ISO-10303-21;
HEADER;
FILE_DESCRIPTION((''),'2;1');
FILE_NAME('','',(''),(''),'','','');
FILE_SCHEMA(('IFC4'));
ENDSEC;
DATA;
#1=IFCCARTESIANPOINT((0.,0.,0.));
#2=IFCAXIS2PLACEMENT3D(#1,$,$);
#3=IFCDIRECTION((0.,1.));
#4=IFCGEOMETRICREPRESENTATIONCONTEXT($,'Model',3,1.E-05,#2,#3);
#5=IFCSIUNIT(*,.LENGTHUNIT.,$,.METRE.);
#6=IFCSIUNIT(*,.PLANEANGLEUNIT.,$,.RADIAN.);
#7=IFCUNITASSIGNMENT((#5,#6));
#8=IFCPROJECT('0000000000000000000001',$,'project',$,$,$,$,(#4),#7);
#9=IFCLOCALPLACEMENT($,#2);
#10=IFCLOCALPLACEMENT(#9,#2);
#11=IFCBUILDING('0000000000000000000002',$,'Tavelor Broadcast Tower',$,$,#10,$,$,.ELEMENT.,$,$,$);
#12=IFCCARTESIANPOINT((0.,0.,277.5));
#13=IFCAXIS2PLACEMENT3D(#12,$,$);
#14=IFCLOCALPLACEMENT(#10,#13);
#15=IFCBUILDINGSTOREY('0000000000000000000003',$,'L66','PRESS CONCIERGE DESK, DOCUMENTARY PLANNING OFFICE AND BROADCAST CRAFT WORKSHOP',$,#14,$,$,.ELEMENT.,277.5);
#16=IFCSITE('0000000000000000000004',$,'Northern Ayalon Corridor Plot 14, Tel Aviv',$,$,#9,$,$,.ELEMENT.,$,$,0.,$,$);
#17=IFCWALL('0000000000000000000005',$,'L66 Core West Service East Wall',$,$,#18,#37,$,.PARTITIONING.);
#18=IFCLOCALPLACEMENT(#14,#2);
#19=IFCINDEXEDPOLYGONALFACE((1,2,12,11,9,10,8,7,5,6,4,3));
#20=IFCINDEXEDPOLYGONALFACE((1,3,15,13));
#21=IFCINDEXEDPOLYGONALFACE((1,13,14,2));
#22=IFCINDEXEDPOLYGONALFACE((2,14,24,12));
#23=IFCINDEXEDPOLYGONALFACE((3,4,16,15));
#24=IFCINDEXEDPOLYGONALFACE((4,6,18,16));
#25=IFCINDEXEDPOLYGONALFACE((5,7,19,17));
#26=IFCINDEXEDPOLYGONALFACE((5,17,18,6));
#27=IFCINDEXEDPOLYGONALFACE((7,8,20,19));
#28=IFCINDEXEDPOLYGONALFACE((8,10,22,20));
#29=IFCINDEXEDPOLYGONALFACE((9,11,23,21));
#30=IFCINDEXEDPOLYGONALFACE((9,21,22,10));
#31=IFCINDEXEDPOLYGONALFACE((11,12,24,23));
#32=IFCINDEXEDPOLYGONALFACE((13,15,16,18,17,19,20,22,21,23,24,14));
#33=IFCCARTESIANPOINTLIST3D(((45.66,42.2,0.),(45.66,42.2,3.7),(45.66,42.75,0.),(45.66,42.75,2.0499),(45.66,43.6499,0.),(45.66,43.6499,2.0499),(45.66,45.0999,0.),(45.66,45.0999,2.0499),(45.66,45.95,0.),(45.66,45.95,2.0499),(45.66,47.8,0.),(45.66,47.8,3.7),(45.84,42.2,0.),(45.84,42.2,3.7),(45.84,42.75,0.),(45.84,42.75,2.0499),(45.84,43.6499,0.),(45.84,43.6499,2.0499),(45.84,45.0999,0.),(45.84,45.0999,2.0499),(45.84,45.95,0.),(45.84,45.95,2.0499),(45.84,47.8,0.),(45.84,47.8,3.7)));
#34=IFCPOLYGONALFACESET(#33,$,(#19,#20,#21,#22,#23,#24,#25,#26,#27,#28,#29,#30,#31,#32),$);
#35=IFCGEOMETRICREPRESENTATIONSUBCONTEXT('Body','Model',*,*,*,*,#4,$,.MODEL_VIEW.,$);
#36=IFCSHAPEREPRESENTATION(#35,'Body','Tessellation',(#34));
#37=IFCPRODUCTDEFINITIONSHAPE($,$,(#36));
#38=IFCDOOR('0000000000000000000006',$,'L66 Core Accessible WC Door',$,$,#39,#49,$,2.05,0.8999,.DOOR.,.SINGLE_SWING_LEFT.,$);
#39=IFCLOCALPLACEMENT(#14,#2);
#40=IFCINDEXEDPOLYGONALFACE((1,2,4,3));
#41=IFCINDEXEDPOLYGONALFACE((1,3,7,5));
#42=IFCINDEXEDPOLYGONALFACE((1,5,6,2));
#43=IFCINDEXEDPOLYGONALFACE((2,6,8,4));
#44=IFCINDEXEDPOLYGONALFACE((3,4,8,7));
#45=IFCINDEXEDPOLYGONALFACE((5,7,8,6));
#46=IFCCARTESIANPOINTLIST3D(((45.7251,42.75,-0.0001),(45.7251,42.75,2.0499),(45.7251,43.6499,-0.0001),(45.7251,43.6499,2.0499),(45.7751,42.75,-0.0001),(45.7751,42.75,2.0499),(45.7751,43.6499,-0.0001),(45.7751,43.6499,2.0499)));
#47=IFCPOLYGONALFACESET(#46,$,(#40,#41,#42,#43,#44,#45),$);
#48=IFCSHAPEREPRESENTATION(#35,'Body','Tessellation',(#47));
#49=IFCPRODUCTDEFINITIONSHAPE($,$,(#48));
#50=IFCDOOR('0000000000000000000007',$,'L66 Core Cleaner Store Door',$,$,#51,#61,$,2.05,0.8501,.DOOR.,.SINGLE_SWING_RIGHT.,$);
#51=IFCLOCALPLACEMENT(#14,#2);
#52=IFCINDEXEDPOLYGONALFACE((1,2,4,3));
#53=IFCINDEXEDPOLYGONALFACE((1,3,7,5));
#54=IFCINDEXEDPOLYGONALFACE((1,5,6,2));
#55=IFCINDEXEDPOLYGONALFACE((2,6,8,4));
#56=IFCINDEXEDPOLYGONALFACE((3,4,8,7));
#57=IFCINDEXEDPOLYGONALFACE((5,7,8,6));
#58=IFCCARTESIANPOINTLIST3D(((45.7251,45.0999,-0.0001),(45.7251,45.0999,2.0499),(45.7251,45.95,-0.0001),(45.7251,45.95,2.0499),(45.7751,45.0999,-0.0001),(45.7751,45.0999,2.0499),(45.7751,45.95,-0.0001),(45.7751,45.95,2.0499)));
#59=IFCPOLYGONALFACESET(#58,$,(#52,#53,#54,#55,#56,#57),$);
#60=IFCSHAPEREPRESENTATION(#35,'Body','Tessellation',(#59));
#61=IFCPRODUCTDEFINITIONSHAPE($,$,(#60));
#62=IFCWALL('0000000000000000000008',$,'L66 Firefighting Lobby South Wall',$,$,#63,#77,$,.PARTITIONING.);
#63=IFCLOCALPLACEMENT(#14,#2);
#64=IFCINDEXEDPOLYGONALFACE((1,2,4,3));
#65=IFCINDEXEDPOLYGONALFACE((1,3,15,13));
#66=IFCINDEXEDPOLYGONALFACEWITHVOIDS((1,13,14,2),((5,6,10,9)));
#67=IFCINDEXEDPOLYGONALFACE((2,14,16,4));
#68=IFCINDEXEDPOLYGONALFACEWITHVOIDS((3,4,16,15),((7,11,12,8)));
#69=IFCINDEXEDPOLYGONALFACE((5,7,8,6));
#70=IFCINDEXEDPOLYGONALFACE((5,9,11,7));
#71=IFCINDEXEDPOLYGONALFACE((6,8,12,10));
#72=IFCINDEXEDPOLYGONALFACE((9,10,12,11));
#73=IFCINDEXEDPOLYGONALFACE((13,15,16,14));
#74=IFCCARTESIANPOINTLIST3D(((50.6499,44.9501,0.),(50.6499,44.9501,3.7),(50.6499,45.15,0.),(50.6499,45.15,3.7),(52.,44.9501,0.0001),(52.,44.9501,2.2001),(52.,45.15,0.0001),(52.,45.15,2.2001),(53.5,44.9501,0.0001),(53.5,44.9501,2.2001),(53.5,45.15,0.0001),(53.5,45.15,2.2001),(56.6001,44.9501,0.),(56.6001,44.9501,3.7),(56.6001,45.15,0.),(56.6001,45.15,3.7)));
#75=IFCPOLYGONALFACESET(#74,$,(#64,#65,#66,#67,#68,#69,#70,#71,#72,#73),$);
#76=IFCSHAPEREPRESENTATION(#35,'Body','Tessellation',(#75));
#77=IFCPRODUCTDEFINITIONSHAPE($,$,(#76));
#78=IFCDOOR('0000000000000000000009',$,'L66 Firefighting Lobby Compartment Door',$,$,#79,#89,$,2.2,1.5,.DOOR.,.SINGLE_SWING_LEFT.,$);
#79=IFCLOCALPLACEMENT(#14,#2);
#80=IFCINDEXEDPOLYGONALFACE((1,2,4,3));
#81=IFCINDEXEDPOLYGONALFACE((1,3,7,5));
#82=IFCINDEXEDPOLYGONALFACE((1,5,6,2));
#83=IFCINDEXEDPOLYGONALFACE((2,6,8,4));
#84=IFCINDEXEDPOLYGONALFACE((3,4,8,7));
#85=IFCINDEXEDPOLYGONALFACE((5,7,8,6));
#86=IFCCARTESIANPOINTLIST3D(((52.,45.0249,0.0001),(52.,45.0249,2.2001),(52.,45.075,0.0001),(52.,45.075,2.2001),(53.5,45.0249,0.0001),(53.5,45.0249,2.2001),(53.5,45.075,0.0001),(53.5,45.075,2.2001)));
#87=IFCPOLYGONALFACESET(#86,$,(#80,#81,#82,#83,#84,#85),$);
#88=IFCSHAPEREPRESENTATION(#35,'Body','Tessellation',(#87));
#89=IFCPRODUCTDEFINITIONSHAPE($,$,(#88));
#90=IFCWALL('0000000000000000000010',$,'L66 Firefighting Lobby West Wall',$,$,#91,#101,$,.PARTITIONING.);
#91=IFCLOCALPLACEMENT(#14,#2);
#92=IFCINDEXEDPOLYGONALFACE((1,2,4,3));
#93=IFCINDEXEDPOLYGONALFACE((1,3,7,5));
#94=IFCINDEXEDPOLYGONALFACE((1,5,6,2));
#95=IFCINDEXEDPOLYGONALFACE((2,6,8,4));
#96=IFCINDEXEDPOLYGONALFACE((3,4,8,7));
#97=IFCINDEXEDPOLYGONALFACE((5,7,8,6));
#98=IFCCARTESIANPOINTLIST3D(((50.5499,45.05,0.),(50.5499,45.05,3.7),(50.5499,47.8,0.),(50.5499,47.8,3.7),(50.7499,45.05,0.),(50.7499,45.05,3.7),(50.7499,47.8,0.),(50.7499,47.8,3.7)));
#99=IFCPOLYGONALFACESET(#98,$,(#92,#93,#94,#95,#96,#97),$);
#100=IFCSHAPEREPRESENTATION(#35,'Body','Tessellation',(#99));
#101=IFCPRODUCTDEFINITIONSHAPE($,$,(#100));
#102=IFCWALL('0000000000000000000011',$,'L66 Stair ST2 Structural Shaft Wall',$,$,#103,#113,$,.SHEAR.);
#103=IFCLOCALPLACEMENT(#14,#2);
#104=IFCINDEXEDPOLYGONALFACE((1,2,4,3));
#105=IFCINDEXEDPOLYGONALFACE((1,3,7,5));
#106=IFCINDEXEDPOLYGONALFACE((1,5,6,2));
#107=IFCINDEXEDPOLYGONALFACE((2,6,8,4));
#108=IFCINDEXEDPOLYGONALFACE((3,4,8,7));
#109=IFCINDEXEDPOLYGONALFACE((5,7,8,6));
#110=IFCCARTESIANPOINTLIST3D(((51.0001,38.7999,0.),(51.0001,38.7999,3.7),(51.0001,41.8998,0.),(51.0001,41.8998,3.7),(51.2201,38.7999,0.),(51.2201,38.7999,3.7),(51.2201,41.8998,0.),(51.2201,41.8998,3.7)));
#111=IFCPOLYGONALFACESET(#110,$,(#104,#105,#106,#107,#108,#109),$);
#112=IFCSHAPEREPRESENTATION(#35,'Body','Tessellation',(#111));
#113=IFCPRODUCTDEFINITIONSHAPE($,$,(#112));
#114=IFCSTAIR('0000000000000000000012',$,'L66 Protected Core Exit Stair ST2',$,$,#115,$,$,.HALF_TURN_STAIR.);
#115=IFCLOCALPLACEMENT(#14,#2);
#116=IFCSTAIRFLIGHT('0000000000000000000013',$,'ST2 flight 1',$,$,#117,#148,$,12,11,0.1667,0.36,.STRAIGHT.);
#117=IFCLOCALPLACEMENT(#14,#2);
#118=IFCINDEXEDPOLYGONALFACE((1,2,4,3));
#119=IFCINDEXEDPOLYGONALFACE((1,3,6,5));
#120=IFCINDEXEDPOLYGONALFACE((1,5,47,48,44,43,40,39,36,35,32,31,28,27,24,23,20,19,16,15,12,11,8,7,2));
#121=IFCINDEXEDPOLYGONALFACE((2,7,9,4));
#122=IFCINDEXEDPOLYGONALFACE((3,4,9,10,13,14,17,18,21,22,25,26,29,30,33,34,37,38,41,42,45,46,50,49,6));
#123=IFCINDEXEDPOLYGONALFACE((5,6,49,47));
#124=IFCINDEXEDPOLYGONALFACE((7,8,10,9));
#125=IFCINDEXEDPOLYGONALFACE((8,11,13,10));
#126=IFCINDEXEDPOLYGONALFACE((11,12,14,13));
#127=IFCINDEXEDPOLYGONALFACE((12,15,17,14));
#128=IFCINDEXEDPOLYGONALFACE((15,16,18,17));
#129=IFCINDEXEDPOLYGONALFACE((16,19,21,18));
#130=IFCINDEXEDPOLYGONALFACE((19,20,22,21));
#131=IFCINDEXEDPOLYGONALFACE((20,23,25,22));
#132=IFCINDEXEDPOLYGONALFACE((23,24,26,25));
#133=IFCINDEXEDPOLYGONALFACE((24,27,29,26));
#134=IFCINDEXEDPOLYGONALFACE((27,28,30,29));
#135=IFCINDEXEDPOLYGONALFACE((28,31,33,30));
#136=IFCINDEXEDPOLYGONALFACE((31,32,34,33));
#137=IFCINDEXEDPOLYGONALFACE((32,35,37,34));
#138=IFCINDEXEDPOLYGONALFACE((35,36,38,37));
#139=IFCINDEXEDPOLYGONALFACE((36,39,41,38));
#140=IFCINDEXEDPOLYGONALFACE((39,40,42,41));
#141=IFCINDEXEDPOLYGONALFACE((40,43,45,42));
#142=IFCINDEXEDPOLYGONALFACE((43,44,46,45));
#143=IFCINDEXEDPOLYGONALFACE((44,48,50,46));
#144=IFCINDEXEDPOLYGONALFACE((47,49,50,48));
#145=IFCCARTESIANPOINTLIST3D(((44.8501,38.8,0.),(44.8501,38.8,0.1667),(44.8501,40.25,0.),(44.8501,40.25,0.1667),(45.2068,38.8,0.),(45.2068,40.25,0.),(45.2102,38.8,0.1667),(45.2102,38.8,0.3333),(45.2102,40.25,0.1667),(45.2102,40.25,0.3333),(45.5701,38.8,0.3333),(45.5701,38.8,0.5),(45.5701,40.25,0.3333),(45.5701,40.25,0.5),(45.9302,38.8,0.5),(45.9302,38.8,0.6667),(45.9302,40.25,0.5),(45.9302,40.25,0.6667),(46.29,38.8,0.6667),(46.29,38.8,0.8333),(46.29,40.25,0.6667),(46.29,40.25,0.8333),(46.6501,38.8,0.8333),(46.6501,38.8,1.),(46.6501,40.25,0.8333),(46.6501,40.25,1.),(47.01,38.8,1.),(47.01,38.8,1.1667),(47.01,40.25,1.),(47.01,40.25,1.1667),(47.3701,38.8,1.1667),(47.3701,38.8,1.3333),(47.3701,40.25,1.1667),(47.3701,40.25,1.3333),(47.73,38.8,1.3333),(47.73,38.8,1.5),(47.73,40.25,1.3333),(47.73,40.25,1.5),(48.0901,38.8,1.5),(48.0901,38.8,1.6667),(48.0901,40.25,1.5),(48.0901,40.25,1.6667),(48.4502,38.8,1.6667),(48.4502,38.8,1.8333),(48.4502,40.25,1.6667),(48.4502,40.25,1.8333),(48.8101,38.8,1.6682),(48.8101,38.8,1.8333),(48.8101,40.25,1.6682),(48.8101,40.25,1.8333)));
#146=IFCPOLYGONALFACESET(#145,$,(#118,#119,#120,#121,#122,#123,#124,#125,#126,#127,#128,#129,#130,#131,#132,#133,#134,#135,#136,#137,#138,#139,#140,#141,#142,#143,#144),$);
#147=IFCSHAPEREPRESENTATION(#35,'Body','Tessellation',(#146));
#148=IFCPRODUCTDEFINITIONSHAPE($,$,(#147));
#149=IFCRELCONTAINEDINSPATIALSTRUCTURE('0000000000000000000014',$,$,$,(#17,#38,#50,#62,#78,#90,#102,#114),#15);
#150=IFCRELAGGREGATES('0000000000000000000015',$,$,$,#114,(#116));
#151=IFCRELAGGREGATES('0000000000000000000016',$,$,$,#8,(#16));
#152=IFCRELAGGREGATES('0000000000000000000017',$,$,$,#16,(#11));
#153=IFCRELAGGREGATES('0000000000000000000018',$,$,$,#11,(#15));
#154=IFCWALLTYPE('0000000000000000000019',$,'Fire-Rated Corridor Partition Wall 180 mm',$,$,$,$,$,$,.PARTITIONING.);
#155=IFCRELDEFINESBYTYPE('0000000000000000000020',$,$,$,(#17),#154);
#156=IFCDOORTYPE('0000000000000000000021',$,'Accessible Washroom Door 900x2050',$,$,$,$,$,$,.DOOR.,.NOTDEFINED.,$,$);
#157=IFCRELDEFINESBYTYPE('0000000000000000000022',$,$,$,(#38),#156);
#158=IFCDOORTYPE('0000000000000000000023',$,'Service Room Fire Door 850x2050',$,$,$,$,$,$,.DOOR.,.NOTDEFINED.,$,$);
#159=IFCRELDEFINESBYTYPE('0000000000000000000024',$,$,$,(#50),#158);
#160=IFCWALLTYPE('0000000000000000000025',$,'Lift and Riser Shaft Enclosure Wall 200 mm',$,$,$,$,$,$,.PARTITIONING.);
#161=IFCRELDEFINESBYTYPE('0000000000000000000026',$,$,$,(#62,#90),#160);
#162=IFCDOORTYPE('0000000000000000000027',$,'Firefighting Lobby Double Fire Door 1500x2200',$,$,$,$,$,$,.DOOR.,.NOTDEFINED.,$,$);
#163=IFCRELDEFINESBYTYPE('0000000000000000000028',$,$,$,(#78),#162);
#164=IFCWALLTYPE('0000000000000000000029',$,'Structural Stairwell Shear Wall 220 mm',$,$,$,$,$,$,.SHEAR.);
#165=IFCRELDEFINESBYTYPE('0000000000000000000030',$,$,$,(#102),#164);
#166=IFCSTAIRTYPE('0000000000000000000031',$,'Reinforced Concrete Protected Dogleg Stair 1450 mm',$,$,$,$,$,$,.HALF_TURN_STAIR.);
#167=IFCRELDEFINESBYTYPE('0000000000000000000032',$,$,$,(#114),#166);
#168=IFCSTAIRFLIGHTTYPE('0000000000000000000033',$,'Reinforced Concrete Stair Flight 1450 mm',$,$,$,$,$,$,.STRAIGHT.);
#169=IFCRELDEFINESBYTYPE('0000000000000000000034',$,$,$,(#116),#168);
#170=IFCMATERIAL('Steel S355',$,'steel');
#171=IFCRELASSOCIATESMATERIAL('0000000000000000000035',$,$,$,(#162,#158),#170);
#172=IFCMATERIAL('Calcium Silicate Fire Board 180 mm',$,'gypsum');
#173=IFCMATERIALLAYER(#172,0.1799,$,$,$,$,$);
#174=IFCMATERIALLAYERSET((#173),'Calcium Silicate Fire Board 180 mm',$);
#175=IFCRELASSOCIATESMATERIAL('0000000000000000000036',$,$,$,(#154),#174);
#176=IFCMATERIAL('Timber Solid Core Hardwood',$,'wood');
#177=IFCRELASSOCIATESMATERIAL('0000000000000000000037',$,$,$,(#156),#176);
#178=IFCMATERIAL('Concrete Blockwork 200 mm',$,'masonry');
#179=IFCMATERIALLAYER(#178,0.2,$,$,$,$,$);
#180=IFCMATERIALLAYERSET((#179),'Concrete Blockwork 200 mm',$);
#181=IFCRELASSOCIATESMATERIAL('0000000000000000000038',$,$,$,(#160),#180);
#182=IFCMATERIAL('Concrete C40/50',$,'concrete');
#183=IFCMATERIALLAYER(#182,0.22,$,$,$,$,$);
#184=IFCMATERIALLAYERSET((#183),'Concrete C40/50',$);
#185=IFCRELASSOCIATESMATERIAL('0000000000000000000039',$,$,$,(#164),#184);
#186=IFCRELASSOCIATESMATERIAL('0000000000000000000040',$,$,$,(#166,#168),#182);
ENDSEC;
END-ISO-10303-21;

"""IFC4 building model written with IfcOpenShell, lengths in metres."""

from ifc_helpers import new_model, si_unit, direction, frame, frame_2d, origin, place, context, subcontext, project, spatial, polyline, rectangle, outline, extrude, material, layer, layer_set, type_object, element, fill, aggregate, save


model = new_model("IFC4")

# Units and contexts
model_context = context("Model", 3, precision=1e-05, world=origin(), true_north=direction((0.0, 1.0)))
body_context = subcontext(model_context, "Body", "Model", "MODEL_VIEW")
ifc_project = project(units=[si_unit("LENGTHUNIT", "METRE"), si_unit("PLANEANGLEUNIT", "RADIAN")], contexts=[model_context])

# Site, building, storey
site_placement = place(None, origin())
site = spatial("IfcSite", under=ifc_project, at=site_placement, Name="Northern Ayalon Corridor Plot 14, Tel Aviv", CompositionType="ELEMENT", RefElevation=0.0)
building_placement = place(site_placement, origin())
building = spatial("IfcBuilding", under=site, at=building_placement, Name="Tavelor Broadcast Tower", CompositionType="ELEMENT")
storey_placement = place(building_placement, frame((0.0, 0.0, 277.5)))
storey = spatial("IfcBuildingStorey", under=building, at=storey_placement, Name="L66", Description="PRESS CONCIERGE DESK, DOCUMENTARY PLANNING OFFICE AND BROADCAST CRAFT WORKSHOP", CompositionType="ELEMENT", Elevation=277.5)

# Shared definitions
ifc_material_1 = material(Name="Concrete C40/50", Category="concrete")
ifc_material_2 = material(Name="Steel S355", Category="steel")

# Shared definitions
door_type_1 = type_object("IfcDoorType", Name="Firefighting Lobby Double Fire Door 1500x2200", OperationType="NOTDEFINED", PredefinedType="DOOR", material=ifc_material_2)

# Wall, openings, doors
ifc_material_3 = material(Name="Calcium Silicate Fire Board 180 mm", Category="gypsum")
ifc_layer_1 = layer(ifc_material_3, 0.1799)
ifc_layer_set_1 = layer_set([ifc_layer_1], Name="Calcium Silicate Fire Board 180 mm")
wall_type_1 = type_object("IfcWallType", Name="Fire-Rated Corridor Partition Wall 180 mm", PredefinedType="PARTITIONING", material=ifc_layer_set_1)
wall_1_placement = place(storey_placement, frame((45.75, 42.2, 0.0), z_axis=(0.0, 0.0, 1.0), x_axis=(0.0, 1.0, 0.0)))
wall_1 = element("IfcWall", 1, at=wall_1_placement, inside=storey, type_object=wall_type_1, Name="L66 Core West Service East Wall", PredefinedType="PARTITIONING", context=body_context, shape_type="SweptSolid", body=[
    extrude(rectangle(XDim=5.6001, YDim=0.1799, at=frame_2d((2.8, 0.0))), origin(), (0.0, 0.0, 1.0), 3.7),
])
opening_1_placement = place(wall_1_placement, frame((0.55, 0.0, 0.0)))
opening_1 = element("IfcOpeningElement", 2, at=opening_1_placement, cuts=wall_1, PredefinedType="OPENING", context=body_context, shape_type="SweptSolid", body=[
    extrude(rectangle(XDim=0.8999, YDim=2.05, at=frame_2d((0.45, 1.0249))), frame((0.0, 0.1001, 0.0), z_axis=(0.0, -1.0, 0.0), x_axis=(1.0, 0.0, 0.0)), (0.0, 0.0, 1.0), 0.2),
])
opening_2_placement = place(wall_1_placement, frame((2.8999, 0.0, 0.0)))
opening_2 = element("IfcOpeningElement", 3, at=opening_2_placement, cuts=wall_1, PredefinedType="OPENING", context=body_context, shape_type="SweptSolid", body=[
    extrude(rectangle(XDim=0.8501, YDim=2.05, at=frame_2d((0.425, 1.0249))), frame((0.0, 0.1001, 0.0), z_axis=(0.0, -1.0, 0.0), x_axis=(1.0, 0.0, 0.0)), (0.0, 0.0, 1.0), 0.2),
])
ifc_material_4 = material(Name="Timber Solid Core Hardwood", Category="wood")
door_type_2 = type_object("IfcDoorType", Name="Accessible Washroom Door 900x2050", OperationType="NOTDEFINED", PredefinedType="DOOR", material=ifc_material_4)
door_1_placement = place(opening_1_placement, origin())
door_1 = element("IfcDoor", 4, at=door_1_placement, inside=storey, type_object=door_type_2, Name="L66 Core Accessible WC Door", OperationType="SINGLE_SWING_LEFT", OverallHeight=2.05, OverallWidth=0.8999, PredefinedType="DOOR", context=body_context, shape_type="SweptSolid", body=[
    extrude(rectangle(XDim=0.8999, YDim=2.05, at=frame_2d((0.45, 1.0249))), frame((0.0, 0.0249, 0.0), z_axis=(0.0, -1.0, 0.0), x_axis=(1.0, 0.0, 0.0)), (0.0, 0.0, 1.0), 0.05),
])
fill(opening_1, door_1)
door_type_3 = type_object("IfcDoorType", Name="Service Room Fire Door 850x2050", OperationType="NOTDEFINED", PredefinedType="DOOR", material=ifc_material_2)
door_2_placement = place(opening_2_placement, origin())
door_2 = element("IfcDoor", 5, at=door_2_placement, inside=storey, type_object=door_type_3, Name="L66 Core Cleaner Store Door", OperationType="SINGLE_SWING_RIGHT", OverallHeight=2.05, OverallWidth=0.8501, PredefinedType="DOOR", context=body_context, shape_type="SweptSolid", body=[
    extrude(rectangle(XDim=0.8501, YDim=2.05, at=frame_2d((0.425, 1.0249))), frame((0.0, 0.0249, 0.0), z_axis=(0.0, -1.0, 0.0), x_axis=(1.0, 0.0, 0.0)), (0.0, 0.0, 1.0), 0.05),
])
fill(opening_2, door_2)

# Wall, opening, door
ifc_material_5 = material(Name="Concrete Blockwork 200 mm", Category="masonry")
ifc_layer_2 = layer(ifc_material_5, 0.2)
ifc_layer_set_2 = layer_set([ifc_layer_2], Name="Concrete Blockwork 200 mm")
wall_type_2 = type_object("IfcWallType", Name="Lift and Riser Shaft Enclosure Wall 200 mm", PredefinedType="PARTITIONING", material=ifc_layer_set_2)
wall_2_placement = place(storey_placement, frame((50.6499, 45.05, 0.0), z_axis=(0.0, 0.0, 1.0), x_axis=(1.0, 0.0, 0.0)))
wall_2 = element("IfcWall", 6, at=wall_2_placement, inside=storey, type_object=wall_type_2, Name="L66 Firefighting Lobby South Wall", PredefinedType="PARTITIONING", context=body_context, shape_type="SweptSolid", body=[
    extrude(rectangle(XDim=5.9502, YDim=0.2, at=frame_2d((2.9751, 0.0))), origin(), (0.0, 0.0, 1.0), 3.7),
])
opening_3_placement = place(wall_2_placement, frame((1.3501, 0.0, 0.0)))
opening_3 = element("IfcOpeningElement", 7, at=opening_3_placement, cuts=wall_2, PredefinedType="OPENING", context=body_context, shape_type="SweptSolid", body=[
    extrude(rectangle(XDim=1.5, YDim=2.2, at=frame_2d((0.75, 1.1001))), frame((0.0, 0.1099, 0.0), z_axis=(0.0, -1.0, 0.0), x_axis=(1.0, 0.0, 0.0)), (0.0, 0.0, 1.0), 0.22),
])
door_3_placement = place(opening_3_placement, origin())
door_3 = element("IfcDoor", 8, at=door_3_placement, inside=storey, type_object=door_type_1, Name="L66 Firefighting Lobby Compartment Door", OperationType="SINGLE_SWING_LEFT", OverallHeight=2.2, OverallWidth=1.5, PredefinedType="DOOR", context=body_context, shape_type="SweptSolid", body=[
    extrude(rectangle(XDim=1.5, YDim=2.2, at=frame_2d((0.75, 1.1001))), frame((0.0, 0.0249, 0.0), z_axis=(0.0, -1.0, 0.0), x_axis=(1.0, 0.0, 0.0)), (0.0, 0.0, 1.0), 0.05),
])
fill(opening_3, door_3)

# Walls
wall_3_placement = place(storey_placement, frame((50.6499, 45.05, 0.0), z_axis=(0.0, 0.0, 1.0), x_axis=(0.0, 1.0, 0.0)))
element("IfcWall", 9, at=wall_3_placement, inside=storey, type_object=wall_type_2, Name="L66 Firefighting Lobby West Wall", PredefinedType="PARTITIONING", context=body_context, shape_type="SweptSolid", body=[
    extrude(rectangle(XDim=2.75, YDim=0.2, at=frame_2d((1.375, 0.0))), origin(), (0.0, 0.0, 1.0), 3.7),
])
ifc_layer_3 = layer(ifc_material_1, 0.22)
ifc_layer_set_3 = layer_set([ifc_layer_3], Name="Concrete C40/50")
wall_type_3 = type_object("IfcWallType", Name="Structural Stairwell Shear Wall 220 mm", PredefinedType="SHEAR", material=ifc_layer_set_3)
wall_4_placement = place(storey_placement, frame((51.1101, 38.8, 0.0), z_axis=(0.0, 0.0, 1.0), x_axis=(0.0, 1.0, 0.0)))
element("IfcWall", 10, at=wall_4_placement, inside=storey, type_object=wall_type_3, Name="L66 Stair ST2 Structural Shaft Wall", PredefinedType="SHEAR", context=body_context, shape_type="SweptSolid", body=[
    extrude(rectangle(XDim=3.0999, YDim=0.22, at=frame_2d((1.5498, 0.0))), origin(), (0.0, 0.0, 1.0), 3.7),
])

# Stair, stair flight
stair_type = type_object("IfcStairType", Name="Reinforced Concrete Protected Dogleg Stair 1450 mm", PredefinedType="HALF_TURN_STAIR", material=ifc_material_1)
stair_placement = place(storey_placement, origin())
stair = element("IfcStair", 11, at=stair_placement, inside=storey, type_object=stair_type, Name="L66 Protected Core Exit Stair ST2", PredefinedType="HALF_TURN_STAIR")
stair_flight_type = type_object("IfcStairFlightType", Name="Reinforced Concrete Stair Flight 1450 mm", PredefinedType="STRAIGHT", material=ifc_material_1)
stair_flight_1_placement = place(storey_placement, frame((44.8501, 39.5249, 0.0), z_axis=(0.0, 0.0, 1.0), x_axis=(1.0, 0.0, 0.0)))
stair_flight_1 = element("IfcStairFlight", 12, at=stair_flight_1_placement, type_object=stair_flight_type, Name="ST2 flight 1", NumberOfRisers=12, NumberOfTreads=11, PredefinedType="STRAIGHT", RiserHeight=0.1667, TreadLength=0.36, context=body_context, shape_type="SweptSolid", body=[
    extrude(outline(polyline([(0.0, 0.0), (0.0, 0.1667), (0.3601, 0.1667), (0.3601, 0.3333), (0.72, 0.3333), (0.72, 0.5), (1.0801, 0.5), (1.0801, 0.6667), (1.4399, 0.6667), (1.4399, 0.8333), (1.8, 0.8333), (1.8, 1.0), (2.1599, 1.0), (2.1599, 1.1667), (2.52, 1.1667), (2.52, 1.3333), (2.8799, 1.3333), (2.8799, 1.5), (3.24, 1.5), (3.24, 1.6667), (3.6001, 1.6667), (3.6001, 1.8333), (3.96, 1.8333), (3.96, 2.0), (3.96, 1.6682), (0.3567, 0.0), (0.0, 0.0)])), frame((0.0, 0.7251, 0.0), z_axis=(0.0, -1.0, 0.0), x_axis=(1.0, 0.0, 0.0)), (0.0, 0.0, 1.0), 1.45),
])
aggregate(stair, [stair_flight_1])

save(model, "model.ifc")
